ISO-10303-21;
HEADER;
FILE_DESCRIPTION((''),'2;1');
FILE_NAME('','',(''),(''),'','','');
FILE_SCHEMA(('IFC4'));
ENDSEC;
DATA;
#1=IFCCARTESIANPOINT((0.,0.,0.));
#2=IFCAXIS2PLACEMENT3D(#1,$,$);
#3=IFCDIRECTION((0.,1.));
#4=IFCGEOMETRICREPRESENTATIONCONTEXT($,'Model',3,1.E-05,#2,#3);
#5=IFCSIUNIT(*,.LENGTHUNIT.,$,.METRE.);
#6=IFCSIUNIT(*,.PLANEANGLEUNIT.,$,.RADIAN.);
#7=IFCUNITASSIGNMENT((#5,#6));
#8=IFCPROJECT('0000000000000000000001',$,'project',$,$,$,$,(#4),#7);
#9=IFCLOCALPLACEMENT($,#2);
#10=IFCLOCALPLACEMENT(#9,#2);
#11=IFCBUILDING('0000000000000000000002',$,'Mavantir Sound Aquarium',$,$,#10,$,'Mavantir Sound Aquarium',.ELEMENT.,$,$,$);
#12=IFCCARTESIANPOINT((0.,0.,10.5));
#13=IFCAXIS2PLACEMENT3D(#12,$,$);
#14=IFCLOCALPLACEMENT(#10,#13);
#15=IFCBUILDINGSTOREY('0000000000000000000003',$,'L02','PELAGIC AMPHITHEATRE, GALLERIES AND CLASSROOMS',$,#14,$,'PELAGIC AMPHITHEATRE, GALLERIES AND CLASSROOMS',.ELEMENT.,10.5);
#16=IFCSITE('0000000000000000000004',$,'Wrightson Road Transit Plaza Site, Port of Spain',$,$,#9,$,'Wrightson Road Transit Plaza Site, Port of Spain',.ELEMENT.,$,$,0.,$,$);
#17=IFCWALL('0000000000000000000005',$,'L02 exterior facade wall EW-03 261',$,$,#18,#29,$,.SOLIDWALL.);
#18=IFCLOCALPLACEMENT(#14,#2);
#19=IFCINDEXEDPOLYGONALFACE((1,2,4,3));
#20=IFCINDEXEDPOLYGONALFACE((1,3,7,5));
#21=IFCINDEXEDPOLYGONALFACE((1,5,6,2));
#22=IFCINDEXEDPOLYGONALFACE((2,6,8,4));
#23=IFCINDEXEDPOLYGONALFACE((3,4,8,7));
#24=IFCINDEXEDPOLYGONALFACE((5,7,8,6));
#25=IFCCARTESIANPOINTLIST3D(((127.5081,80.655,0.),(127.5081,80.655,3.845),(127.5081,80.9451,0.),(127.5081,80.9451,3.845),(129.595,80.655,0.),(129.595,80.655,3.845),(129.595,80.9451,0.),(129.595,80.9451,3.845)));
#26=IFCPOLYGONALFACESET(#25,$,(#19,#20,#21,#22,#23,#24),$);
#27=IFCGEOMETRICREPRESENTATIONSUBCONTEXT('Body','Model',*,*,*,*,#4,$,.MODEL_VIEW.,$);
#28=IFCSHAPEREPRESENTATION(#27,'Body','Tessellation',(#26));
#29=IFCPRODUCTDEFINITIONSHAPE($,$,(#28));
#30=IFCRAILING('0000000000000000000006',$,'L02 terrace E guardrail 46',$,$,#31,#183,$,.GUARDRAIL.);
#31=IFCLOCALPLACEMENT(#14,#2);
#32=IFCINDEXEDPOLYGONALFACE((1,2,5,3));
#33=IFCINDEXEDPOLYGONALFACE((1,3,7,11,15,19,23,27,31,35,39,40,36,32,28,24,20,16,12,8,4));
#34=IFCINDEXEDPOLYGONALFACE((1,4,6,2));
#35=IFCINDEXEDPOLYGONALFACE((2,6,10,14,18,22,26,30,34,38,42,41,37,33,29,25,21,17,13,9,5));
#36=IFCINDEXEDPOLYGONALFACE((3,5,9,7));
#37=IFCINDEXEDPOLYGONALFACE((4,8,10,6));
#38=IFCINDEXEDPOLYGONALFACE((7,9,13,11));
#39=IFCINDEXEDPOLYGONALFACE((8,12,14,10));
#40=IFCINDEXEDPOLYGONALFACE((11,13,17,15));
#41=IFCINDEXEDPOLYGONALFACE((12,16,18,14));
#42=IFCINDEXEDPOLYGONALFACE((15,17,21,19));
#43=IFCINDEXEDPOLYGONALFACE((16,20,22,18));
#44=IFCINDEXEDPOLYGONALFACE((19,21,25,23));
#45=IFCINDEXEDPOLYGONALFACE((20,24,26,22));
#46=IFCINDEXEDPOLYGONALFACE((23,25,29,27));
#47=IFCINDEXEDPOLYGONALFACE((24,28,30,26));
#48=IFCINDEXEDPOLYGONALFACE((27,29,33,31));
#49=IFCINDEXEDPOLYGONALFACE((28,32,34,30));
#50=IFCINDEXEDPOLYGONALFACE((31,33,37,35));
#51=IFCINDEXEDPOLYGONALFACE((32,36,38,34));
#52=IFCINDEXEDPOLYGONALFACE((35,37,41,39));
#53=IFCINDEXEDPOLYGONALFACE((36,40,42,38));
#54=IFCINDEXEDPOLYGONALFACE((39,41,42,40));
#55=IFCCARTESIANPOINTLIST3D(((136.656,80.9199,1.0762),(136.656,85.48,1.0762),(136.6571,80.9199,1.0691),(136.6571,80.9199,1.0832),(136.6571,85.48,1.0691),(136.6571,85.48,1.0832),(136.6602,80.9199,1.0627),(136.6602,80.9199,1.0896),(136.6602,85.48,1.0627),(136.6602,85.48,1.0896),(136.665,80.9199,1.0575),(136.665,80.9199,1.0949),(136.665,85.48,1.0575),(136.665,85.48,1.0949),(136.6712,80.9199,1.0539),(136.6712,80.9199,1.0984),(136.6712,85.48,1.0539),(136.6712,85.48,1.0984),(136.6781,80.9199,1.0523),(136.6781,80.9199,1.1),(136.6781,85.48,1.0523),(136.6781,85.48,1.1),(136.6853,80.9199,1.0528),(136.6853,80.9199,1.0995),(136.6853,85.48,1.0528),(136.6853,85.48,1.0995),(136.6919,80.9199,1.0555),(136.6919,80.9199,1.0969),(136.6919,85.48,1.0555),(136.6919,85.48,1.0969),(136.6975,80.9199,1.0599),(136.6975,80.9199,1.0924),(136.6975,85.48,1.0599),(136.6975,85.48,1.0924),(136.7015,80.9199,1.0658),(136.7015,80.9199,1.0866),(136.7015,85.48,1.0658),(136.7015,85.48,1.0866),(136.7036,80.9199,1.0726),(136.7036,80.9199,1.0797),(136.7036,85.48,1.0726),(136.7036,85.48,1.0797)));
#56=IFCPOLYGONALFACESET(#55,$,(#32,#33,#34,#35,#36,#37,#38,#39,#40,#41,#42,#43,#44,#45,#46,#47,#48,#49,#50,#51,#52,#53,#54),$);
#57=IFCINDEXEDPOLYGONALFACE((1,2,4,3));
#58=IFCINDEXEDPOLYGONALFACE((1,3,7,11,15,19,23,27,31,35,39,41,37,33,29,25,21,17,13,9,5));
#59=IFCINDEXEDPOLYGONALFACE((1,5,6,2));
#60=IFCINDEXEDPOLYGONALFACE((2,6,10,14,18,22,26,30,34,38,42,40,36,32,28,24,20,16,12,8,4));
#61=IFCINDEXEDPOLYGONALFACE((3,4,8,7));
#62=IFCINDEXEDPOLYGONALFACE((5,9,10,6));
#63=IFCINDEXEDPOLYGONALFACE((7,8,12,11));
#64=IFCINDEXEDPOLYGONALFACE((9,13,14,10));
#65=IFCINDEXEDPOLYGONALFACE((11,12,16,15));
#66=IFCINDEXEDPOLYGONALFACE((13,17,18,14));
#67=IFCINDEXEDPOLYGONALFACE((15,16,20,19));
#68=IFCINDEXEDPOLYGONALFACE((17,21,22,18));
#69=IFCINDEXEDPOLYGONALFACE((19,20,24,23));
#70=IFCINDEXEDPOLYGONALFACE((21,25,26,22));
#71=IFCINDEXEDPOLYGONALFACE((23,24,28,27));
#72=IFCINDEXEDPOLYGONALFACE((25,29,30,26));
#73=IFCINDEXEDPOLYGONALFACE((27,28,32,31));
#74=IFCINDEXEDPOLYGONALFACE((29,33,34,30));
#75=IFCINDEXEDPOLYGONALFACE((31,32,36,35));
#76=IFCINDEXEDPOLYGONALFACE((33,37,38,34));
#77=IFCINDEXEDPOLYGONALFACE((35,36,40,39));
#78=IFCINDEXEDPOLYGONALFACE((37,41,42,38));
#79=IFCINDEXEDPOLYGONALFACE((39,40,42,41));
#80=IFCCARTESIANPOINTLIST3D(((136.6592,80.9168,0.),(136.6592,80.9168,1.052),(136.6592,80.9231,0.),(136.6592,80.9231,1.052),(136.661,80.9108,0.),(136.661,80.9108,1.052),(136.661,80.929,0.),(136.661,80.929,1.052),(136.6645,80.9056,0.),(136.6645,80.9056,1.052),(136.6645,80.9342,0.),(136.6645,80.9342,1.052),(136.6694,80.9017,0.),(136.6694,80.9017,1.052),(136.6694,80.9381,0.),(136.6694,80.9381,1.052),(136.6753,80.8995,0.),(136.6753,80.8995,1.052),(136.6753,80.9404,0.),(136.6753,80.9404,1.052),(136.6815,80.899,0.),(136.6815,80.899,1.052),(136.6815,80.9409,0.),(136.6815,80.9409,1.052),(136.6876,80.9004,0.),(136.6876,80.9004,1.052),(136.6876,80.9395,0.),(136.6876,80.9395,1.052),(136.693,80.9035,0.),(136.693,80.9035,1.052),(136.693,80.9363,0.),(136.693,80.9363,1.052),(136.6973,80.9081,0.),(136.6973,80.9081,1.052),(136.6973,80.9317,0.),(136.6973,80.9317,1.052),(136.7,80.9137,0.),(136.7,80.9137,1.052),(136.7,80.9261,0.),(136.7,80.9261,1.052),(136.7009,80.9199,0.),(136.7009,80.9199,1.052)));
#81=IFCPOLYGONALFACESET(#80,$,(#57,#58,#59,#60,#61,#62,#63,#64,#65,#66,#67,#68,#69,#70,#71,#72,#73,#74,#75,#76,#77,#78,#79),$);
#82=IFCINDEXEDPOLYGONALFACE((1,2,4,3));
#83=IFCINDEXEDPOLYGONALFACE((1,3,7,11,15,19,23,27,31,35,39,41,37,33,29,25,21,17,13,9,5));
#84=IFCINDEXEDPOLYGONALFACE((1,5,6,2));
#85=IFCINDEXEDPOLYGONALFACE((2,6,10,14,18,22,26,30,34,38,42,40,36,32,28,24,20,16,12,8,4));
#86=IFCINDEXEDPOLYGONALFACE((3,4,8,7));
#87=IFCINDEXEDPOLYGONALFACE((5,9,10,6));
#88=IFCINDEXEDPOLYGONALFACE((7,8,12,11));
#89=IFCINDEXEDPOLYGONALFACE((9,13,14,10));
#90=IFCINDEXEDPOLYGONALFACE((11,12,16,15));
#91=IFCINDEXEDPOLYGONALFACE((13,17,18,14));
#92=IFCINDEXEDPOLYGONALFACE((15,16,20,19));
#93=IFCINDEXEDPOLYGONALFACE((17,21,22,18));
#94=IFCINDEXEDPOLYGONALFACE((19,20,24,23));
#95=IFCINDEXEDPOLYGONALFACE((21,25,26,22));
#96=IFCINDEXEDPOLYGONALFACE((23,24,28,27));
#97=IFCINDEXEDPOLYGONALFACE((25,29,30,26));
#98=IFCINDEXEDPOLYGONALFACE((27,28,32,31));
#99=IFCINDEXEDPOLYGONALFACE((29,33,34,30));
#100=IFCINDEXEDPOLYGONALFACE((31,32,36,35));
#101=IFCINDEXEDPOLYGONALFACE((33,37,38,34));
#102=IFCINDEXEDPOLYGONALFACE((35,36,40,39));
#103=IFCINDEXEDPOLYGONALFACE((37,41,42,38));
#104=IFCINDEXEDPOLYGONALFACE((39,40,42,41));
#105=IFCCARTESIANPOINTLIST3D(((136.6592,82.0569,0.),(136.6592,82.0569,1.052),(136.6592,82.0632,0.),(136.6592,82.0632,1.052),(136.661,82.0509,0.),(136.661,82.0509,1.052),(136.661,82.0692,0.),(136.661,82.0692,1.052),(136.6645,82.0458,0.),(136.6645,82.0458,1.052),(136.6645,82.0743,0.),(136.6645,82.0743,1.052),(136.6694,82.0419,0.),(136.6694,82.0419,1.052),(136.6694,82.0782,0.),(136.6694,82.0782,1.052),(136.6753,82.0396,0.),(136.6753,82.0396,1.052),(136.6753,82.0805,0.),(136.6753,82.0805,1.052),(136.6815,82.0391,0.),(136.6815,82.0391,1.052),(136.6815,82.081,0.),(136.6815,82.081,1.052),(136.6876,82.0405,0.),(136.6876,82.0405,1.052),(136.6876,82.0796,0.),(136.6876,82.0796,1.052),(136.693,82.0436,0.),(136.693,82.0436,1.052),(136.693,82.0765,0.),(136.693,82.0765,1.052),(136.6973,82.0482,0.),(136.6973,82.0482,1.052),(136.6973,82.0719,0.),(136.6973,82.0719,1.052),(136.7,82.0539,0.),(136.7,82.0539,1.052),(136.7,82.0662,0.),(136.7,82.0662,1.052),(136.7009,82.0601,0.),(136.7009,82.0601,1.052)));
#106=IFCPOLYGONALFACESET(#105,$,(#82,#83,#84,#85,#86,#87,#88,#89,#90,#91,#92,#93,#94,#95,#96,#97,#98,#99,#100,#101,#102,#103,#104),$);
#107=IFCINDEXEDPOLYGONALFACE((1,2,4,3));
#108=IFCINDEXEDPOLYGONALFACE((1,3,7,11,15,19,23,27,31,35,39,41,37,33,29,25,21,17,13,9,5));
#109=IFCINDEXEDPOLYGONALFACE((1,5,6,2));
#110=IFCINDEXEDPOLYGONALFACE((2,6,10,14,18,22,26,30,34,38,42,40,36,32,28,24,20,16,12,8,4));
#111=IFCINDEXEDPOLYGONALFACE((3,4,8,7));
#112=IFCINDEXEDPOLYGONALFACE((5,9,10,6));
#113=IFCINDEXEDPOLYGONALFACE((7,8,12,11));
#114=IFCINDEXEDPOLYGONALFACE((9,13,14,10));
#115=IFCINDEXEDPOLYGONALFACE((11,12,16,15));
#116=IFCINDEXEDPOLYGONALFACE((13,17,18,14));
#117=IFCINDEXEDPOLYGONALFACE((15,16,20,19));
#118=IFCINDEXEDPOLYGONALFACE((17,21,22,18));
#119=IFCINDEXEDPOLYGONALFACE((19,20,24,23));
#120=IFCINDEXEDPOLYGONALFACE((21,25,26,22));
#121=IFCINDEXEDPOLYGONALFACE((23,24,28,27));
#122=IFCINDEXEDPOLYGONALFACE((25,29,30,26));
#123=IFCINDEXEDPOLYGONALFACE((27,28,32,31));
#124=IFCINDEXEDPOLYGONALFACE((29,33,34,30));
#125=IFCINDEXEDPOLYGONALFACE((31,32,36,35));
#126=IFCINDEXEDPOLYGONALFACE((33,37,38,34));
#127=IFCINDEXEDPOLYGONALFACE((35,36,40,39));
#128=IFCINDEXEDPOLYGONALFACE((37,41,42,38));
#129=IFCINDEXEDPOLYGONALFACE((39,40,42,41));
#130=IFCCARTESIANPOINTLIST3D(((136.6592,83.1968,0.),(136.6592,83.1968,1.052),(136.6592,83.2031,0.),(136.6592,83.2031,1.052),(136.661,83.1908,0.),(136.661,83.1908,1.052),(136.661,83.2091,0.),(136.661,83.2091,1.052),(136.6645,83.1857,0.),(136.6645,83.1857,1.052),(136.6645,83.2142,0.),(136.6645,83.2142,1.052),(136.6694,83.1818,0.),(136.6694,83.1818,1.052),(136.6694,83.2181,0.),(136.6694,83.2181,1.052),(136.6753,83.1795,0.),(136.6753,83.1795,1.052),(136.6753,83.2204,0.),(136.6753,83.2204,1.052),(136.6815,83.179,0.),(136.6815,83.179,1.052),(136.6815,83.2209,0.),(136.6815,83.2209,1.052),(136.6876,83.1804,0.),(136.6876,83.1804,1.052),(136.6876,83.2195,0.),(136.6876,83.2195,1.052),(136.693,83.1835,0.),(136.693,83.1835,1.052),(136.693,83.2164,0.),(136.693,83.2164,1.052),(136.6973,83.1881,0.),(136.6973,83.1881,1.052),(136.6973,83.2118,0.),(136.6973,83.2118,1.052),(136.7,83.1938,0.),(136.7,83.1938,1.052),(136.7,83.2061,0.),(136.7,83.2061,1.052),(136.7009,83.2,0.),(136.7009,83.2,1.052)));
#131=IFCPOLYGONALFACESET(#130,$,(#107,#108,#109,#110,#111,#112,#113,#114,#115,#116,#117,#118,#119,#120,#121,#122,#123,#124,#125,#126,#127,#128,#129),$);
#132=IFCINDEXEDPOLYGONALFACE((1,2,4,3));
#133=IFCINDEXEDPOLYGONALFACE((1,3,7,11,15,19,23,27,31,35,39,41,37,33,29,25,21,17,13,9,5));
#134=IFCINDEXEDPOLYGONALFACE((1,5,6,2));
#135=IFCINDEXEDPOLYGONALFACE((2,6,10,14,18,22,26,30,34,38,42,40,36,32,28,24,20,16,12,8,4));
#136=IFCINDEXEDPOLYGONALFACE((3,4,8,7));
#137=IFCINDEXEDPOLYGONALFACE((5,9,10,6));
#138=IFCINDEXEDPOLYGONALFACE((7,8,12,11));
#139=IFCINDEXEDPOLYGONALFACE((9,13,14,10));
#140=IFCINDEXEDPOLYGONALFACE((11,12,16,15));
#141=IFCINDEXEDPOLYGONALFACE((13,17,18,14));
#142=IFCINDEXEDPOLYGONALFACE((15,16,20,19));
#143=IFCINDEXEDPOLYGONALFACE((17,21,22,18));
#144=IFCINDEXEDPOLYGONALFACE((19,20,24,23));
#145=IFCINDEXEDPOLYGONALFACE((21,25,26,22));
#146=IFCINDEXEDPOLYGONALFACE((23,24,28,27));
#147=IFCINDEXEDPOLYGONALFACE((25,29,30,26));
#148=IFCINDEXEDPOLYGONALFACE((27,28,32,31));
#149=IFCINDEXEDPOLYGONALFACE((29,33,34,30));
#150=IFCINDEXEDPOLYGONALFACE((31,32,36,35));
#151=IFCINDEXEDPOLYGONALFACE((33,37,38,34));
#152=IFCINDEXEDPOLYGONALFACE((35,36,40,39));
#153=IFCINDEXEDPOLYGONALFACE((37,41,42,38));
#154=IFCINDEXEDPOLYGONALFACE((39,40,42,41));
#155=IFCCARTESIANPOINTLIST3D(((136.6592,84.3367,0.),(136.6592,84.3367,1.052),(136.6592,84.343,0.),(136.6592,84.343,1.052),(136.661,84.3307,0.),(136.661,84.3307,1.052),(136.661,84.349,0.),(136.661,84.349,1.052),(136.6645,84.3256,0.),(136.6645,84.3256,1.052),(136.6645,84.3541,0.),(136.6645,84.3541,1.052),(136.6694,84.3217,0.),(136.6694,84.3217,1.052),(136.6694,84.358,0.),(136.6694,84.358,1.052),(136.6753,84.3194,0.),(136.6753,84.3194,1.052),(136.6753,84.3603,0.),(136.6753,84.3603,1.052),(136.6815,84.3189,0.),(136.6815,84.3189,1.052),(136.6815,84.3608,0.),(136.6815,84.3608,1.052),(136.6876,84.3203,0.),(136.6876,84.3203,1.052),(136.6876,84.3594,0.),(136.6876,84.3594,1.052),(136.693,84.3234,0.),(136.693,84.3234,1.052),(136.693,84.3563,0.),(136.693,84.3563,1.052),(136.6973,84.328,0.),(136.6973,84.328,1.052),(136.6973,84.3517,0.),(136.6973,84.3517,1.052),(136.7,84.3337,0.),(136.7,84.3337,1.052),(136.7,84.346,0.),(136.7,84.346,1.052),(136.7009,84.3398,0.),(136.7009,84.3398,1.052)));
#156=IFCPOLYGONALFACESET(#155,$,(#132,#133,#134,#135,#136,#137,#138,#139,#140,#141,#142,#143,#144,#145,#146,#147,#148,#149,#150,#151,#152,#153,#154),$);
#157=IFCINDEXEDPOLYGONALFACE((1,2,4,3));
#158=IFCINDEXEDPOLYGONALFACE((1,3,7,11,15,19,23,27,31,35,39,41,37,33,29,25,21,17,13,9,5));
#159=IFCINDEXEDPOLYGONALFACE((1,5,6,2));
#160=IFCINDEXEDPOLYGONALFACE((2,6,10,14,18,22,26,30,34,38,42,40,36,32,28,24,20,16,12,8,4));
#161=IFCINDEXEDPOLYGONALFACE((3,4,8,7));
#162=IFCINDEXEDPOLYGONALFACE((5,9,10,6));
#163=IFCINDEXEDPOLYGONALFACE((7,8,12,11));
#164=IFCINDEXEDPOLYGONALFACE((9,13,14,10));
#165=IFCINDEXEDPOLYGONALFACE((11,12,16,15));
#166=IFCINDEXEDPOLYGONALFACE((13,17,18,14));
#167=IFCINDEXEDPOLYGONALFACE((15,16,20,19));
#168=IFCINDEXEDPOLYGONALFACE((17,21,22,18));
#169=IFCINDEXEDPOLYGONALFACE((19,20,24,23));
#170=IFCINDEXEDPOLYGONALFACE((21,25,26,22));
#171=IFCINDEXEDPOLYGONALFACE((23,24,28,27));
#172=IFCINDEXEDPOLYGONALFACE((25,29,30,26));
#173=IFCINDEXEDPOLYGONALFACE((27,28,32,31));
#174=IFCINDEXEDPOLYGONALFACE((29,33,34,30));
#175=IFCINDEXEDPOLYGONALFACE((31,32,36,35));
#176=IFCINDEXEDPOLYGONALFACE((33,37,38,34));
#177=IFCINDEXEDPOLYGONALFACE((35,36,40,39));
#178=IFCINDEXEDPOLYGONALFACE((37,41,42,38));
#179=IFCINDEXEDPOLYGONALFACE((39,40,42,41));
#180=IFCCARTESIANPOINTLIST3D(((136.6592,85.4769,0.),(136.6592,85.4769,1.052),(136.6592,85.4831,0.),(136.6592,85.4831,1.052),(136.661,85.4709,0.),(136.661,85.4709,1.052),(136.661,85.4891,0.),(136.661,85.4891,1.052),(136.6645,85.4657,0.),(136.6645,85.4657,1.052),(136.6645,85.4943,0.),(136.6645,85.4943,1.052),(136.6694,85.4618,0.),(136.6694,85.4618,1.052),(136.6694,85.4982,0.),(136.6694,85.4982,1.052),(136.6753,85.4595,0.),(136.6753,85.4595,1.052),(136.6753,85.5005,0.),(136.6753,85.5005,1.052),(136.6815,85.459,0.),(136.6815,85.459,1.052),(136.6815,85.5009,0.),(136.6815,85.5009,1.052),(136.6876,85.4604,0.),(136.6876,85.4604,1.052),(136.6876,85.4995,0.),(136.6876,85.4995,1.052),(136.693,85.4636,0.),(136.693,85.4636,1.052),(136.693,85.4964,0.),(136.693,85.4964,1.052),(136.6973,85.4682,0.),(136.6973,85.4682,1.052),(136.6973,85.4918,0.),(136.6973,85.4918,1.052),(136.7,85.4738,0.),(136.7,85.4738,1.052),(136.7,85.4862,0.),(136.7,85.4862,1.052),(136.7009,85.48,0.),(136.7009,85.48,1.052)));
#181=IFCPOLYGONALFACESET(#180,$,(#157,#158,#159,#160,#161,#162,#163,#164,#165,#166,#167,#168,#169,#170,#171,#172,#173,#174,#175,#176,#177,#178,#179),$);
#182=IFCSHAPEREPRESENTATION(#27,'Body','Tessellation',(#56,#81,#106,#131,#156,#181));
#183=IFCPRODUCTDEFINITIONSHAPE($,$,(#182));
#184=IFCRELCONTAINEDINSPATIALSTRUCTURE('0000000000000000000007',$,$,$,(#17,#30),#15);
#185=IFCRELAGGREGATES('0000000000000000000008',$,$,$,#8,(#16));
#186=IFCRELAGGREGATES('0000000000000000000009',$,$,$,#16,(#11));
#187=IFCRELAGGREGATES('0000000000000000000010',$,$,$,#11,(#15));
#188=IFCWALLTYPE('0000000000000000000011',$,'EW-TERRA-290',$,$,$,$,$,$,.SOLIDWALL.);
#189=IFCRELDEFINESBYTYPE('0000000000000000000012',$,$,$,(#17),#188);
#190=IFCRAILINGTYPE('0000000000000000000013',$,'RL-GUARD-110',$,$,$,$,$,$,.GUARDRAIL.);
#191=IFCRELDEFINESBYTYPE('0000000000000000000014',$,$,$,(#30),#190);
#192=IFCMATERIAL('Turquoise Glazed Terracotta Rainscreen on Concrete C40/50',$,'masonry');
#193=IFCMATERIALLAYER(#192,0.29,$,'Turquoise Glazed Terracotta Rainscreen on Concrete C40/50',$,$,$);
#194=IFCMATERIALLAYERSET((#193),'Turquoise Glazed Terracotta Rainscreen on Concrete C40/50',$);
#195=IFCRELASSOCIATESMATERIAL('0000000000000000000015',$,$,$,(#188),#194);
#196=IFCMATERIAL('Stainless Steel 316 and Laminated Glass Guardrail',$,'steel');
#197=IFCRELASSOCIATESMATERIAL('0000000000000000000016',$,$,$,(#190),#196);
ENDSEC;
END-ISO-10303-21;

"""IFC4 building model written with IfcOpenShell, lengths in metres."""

from ifc_helpers import new_model, si_unit, direction, frame, frame_2d, origin, origin_2d, place, context, subcontext, project, spatial, rectangle, circle, extrude, material, layer, layer_set, type_object, element, save


model = new_model("IFC4")

# Units and contexts
model_context = context("Model", 3, precision=1e-05, world=origin(), true_north=direction((0.0, 1.0)))
body_context = subcontext(model_context, "Body", "Model", "MODEL_VIEW")
ifc_project = project(units=[si_unit("LENGTHUNIT", "METRE"), si_unit("PLANEANGLEUNIT", "RADIAN")], contexts=[model_context])

# Site, building, storey
site_placement = place(None, origin())
site = spatial("IfcSite", under=ifc_project, at=site_placement, Name="Wrightson Road Transit Plaza Site, Port of Spain", LongName="Wrightson Road Transit Plaza Site, Port of Spain", CompositionType="ELEMENT", RefElevation=0.0)
building_placement = place(site_placement, origin())
building = spatial("IfcBuilding", under=site, at=building_placement, Name="Mavantir Sound Aquarium", LongName="Mavantir Sound Aquarium", CompositionType="ELEMENT")
storey_placement = place(building_placement, frame((0.0, 0.0, 10.5)))
storey = spatial("IfcBuildingStorey", under=building, at=storey_placement, Name="L02", Description="PELAGIC AMPHITHEATRE, GALLERIES AND CLASSROOMS", LongName="PELAGIC AMPHITHEATRE, GALLERIES AND CLASSROOMS", CompositionType="ELEMENT", Elevation=10.5)

# Wall
ifc_material_1 = material(Name="Turquoise Glazed Terracotta Rainscreen on Concrete C40/50", Category="masonry")
ifc_layer_1 = layer(ifc_material_1, 0.29, Name="Turquoise Glazed Terracotta Rainscreen on Concrete C40/50")
ifc_layer_set_1 = layer_set([ifc_layer_1], Name="Turquoise Glazed Terracotta Rainscreen on Concrete C40/50")
wall_type_1 = type_object("IfcWallType", Name="EW-TERRA-290", PredefinedType="SOLIDWALL", material=ifc_layer_set_1)
wall_1_placement = place(storey_placement, frame((129.595, 80.8, 0.0), z_axis=(0.0, 0.0, 1.0), x_axis=(-1.0, 0.0, 0.0)))
element("IfcWall", 1, at=wall_1_placement, inside=storey, type_object=wall_type_1, Name="L02 exterior facade wall EW-03 261", PredefinedType="SOLIDWALL", context=body_context, shape_type="SweptSolid", body=[
    extrude(rectangle(XDim=2.0869, YDim=0.29, at=frame_2d((1.0435, 0.0))), origin(), (0.0, 0.0, 1.0), 3.845),
])

# Railing
ifc_material_2 = material(Name="Stainless Steel 316 and Laminated Glass Guardrail", Category="steel")
railing_type = type_object("IfcRailingType", Name="RL-GUARD-110", PredefinedType="GUARDRAIL", material=ifc_material_2)
railing_1_placement = place(storey_placement, frame((136.6799, 80.9199, 0.0)))
element("IfcRailing", 2, at=railing_1_placement, inside=storey, type_object=railing_type, Name="L02 terrace E guardrail 46", PredefinedType="GUARDRAIL", context=body_context, shape_type="SweptSolid", body=[
    extrude(circle(Radius=0.0239, at=origin_2d()), frame((0.0, 0.0, 1.0762), z_axis=(0.0, 1.0, 0.0), x_axis=(-1.0, 0.0, 0.0)), (0.0, 0.0, 1.0), 4.5601),
    extrude(circle(Radius=0.021, at=origin_2d()), origin(), (0.0, 0.0, 1.0), 1.052),
    extrude(circle(Radius=0.021, at=origin_2d()), frame((0.0, 1.1401, 0.0)), (0.0, 0.0, 1.0), 1.052),
    extrude(circle(Radius=0.021, at=origin_2d()), frame((0.0, 2.28, 0.0)), (0.0, 0.0, 1.0), 1.052),
    extrude(circle(Radius=0.021, at=origin_2d()), frame((0.0, 3.4199, 0.0)), (0.0, 0.0, 1.0), 1.052),
    extrude(circle(Radius=0.021, at=origin_2d()), frame((0.0, 4.5601, 0.0)), (0.0, 0.0, 1.0), 1.052),
])

save(model, "model.ifc")
